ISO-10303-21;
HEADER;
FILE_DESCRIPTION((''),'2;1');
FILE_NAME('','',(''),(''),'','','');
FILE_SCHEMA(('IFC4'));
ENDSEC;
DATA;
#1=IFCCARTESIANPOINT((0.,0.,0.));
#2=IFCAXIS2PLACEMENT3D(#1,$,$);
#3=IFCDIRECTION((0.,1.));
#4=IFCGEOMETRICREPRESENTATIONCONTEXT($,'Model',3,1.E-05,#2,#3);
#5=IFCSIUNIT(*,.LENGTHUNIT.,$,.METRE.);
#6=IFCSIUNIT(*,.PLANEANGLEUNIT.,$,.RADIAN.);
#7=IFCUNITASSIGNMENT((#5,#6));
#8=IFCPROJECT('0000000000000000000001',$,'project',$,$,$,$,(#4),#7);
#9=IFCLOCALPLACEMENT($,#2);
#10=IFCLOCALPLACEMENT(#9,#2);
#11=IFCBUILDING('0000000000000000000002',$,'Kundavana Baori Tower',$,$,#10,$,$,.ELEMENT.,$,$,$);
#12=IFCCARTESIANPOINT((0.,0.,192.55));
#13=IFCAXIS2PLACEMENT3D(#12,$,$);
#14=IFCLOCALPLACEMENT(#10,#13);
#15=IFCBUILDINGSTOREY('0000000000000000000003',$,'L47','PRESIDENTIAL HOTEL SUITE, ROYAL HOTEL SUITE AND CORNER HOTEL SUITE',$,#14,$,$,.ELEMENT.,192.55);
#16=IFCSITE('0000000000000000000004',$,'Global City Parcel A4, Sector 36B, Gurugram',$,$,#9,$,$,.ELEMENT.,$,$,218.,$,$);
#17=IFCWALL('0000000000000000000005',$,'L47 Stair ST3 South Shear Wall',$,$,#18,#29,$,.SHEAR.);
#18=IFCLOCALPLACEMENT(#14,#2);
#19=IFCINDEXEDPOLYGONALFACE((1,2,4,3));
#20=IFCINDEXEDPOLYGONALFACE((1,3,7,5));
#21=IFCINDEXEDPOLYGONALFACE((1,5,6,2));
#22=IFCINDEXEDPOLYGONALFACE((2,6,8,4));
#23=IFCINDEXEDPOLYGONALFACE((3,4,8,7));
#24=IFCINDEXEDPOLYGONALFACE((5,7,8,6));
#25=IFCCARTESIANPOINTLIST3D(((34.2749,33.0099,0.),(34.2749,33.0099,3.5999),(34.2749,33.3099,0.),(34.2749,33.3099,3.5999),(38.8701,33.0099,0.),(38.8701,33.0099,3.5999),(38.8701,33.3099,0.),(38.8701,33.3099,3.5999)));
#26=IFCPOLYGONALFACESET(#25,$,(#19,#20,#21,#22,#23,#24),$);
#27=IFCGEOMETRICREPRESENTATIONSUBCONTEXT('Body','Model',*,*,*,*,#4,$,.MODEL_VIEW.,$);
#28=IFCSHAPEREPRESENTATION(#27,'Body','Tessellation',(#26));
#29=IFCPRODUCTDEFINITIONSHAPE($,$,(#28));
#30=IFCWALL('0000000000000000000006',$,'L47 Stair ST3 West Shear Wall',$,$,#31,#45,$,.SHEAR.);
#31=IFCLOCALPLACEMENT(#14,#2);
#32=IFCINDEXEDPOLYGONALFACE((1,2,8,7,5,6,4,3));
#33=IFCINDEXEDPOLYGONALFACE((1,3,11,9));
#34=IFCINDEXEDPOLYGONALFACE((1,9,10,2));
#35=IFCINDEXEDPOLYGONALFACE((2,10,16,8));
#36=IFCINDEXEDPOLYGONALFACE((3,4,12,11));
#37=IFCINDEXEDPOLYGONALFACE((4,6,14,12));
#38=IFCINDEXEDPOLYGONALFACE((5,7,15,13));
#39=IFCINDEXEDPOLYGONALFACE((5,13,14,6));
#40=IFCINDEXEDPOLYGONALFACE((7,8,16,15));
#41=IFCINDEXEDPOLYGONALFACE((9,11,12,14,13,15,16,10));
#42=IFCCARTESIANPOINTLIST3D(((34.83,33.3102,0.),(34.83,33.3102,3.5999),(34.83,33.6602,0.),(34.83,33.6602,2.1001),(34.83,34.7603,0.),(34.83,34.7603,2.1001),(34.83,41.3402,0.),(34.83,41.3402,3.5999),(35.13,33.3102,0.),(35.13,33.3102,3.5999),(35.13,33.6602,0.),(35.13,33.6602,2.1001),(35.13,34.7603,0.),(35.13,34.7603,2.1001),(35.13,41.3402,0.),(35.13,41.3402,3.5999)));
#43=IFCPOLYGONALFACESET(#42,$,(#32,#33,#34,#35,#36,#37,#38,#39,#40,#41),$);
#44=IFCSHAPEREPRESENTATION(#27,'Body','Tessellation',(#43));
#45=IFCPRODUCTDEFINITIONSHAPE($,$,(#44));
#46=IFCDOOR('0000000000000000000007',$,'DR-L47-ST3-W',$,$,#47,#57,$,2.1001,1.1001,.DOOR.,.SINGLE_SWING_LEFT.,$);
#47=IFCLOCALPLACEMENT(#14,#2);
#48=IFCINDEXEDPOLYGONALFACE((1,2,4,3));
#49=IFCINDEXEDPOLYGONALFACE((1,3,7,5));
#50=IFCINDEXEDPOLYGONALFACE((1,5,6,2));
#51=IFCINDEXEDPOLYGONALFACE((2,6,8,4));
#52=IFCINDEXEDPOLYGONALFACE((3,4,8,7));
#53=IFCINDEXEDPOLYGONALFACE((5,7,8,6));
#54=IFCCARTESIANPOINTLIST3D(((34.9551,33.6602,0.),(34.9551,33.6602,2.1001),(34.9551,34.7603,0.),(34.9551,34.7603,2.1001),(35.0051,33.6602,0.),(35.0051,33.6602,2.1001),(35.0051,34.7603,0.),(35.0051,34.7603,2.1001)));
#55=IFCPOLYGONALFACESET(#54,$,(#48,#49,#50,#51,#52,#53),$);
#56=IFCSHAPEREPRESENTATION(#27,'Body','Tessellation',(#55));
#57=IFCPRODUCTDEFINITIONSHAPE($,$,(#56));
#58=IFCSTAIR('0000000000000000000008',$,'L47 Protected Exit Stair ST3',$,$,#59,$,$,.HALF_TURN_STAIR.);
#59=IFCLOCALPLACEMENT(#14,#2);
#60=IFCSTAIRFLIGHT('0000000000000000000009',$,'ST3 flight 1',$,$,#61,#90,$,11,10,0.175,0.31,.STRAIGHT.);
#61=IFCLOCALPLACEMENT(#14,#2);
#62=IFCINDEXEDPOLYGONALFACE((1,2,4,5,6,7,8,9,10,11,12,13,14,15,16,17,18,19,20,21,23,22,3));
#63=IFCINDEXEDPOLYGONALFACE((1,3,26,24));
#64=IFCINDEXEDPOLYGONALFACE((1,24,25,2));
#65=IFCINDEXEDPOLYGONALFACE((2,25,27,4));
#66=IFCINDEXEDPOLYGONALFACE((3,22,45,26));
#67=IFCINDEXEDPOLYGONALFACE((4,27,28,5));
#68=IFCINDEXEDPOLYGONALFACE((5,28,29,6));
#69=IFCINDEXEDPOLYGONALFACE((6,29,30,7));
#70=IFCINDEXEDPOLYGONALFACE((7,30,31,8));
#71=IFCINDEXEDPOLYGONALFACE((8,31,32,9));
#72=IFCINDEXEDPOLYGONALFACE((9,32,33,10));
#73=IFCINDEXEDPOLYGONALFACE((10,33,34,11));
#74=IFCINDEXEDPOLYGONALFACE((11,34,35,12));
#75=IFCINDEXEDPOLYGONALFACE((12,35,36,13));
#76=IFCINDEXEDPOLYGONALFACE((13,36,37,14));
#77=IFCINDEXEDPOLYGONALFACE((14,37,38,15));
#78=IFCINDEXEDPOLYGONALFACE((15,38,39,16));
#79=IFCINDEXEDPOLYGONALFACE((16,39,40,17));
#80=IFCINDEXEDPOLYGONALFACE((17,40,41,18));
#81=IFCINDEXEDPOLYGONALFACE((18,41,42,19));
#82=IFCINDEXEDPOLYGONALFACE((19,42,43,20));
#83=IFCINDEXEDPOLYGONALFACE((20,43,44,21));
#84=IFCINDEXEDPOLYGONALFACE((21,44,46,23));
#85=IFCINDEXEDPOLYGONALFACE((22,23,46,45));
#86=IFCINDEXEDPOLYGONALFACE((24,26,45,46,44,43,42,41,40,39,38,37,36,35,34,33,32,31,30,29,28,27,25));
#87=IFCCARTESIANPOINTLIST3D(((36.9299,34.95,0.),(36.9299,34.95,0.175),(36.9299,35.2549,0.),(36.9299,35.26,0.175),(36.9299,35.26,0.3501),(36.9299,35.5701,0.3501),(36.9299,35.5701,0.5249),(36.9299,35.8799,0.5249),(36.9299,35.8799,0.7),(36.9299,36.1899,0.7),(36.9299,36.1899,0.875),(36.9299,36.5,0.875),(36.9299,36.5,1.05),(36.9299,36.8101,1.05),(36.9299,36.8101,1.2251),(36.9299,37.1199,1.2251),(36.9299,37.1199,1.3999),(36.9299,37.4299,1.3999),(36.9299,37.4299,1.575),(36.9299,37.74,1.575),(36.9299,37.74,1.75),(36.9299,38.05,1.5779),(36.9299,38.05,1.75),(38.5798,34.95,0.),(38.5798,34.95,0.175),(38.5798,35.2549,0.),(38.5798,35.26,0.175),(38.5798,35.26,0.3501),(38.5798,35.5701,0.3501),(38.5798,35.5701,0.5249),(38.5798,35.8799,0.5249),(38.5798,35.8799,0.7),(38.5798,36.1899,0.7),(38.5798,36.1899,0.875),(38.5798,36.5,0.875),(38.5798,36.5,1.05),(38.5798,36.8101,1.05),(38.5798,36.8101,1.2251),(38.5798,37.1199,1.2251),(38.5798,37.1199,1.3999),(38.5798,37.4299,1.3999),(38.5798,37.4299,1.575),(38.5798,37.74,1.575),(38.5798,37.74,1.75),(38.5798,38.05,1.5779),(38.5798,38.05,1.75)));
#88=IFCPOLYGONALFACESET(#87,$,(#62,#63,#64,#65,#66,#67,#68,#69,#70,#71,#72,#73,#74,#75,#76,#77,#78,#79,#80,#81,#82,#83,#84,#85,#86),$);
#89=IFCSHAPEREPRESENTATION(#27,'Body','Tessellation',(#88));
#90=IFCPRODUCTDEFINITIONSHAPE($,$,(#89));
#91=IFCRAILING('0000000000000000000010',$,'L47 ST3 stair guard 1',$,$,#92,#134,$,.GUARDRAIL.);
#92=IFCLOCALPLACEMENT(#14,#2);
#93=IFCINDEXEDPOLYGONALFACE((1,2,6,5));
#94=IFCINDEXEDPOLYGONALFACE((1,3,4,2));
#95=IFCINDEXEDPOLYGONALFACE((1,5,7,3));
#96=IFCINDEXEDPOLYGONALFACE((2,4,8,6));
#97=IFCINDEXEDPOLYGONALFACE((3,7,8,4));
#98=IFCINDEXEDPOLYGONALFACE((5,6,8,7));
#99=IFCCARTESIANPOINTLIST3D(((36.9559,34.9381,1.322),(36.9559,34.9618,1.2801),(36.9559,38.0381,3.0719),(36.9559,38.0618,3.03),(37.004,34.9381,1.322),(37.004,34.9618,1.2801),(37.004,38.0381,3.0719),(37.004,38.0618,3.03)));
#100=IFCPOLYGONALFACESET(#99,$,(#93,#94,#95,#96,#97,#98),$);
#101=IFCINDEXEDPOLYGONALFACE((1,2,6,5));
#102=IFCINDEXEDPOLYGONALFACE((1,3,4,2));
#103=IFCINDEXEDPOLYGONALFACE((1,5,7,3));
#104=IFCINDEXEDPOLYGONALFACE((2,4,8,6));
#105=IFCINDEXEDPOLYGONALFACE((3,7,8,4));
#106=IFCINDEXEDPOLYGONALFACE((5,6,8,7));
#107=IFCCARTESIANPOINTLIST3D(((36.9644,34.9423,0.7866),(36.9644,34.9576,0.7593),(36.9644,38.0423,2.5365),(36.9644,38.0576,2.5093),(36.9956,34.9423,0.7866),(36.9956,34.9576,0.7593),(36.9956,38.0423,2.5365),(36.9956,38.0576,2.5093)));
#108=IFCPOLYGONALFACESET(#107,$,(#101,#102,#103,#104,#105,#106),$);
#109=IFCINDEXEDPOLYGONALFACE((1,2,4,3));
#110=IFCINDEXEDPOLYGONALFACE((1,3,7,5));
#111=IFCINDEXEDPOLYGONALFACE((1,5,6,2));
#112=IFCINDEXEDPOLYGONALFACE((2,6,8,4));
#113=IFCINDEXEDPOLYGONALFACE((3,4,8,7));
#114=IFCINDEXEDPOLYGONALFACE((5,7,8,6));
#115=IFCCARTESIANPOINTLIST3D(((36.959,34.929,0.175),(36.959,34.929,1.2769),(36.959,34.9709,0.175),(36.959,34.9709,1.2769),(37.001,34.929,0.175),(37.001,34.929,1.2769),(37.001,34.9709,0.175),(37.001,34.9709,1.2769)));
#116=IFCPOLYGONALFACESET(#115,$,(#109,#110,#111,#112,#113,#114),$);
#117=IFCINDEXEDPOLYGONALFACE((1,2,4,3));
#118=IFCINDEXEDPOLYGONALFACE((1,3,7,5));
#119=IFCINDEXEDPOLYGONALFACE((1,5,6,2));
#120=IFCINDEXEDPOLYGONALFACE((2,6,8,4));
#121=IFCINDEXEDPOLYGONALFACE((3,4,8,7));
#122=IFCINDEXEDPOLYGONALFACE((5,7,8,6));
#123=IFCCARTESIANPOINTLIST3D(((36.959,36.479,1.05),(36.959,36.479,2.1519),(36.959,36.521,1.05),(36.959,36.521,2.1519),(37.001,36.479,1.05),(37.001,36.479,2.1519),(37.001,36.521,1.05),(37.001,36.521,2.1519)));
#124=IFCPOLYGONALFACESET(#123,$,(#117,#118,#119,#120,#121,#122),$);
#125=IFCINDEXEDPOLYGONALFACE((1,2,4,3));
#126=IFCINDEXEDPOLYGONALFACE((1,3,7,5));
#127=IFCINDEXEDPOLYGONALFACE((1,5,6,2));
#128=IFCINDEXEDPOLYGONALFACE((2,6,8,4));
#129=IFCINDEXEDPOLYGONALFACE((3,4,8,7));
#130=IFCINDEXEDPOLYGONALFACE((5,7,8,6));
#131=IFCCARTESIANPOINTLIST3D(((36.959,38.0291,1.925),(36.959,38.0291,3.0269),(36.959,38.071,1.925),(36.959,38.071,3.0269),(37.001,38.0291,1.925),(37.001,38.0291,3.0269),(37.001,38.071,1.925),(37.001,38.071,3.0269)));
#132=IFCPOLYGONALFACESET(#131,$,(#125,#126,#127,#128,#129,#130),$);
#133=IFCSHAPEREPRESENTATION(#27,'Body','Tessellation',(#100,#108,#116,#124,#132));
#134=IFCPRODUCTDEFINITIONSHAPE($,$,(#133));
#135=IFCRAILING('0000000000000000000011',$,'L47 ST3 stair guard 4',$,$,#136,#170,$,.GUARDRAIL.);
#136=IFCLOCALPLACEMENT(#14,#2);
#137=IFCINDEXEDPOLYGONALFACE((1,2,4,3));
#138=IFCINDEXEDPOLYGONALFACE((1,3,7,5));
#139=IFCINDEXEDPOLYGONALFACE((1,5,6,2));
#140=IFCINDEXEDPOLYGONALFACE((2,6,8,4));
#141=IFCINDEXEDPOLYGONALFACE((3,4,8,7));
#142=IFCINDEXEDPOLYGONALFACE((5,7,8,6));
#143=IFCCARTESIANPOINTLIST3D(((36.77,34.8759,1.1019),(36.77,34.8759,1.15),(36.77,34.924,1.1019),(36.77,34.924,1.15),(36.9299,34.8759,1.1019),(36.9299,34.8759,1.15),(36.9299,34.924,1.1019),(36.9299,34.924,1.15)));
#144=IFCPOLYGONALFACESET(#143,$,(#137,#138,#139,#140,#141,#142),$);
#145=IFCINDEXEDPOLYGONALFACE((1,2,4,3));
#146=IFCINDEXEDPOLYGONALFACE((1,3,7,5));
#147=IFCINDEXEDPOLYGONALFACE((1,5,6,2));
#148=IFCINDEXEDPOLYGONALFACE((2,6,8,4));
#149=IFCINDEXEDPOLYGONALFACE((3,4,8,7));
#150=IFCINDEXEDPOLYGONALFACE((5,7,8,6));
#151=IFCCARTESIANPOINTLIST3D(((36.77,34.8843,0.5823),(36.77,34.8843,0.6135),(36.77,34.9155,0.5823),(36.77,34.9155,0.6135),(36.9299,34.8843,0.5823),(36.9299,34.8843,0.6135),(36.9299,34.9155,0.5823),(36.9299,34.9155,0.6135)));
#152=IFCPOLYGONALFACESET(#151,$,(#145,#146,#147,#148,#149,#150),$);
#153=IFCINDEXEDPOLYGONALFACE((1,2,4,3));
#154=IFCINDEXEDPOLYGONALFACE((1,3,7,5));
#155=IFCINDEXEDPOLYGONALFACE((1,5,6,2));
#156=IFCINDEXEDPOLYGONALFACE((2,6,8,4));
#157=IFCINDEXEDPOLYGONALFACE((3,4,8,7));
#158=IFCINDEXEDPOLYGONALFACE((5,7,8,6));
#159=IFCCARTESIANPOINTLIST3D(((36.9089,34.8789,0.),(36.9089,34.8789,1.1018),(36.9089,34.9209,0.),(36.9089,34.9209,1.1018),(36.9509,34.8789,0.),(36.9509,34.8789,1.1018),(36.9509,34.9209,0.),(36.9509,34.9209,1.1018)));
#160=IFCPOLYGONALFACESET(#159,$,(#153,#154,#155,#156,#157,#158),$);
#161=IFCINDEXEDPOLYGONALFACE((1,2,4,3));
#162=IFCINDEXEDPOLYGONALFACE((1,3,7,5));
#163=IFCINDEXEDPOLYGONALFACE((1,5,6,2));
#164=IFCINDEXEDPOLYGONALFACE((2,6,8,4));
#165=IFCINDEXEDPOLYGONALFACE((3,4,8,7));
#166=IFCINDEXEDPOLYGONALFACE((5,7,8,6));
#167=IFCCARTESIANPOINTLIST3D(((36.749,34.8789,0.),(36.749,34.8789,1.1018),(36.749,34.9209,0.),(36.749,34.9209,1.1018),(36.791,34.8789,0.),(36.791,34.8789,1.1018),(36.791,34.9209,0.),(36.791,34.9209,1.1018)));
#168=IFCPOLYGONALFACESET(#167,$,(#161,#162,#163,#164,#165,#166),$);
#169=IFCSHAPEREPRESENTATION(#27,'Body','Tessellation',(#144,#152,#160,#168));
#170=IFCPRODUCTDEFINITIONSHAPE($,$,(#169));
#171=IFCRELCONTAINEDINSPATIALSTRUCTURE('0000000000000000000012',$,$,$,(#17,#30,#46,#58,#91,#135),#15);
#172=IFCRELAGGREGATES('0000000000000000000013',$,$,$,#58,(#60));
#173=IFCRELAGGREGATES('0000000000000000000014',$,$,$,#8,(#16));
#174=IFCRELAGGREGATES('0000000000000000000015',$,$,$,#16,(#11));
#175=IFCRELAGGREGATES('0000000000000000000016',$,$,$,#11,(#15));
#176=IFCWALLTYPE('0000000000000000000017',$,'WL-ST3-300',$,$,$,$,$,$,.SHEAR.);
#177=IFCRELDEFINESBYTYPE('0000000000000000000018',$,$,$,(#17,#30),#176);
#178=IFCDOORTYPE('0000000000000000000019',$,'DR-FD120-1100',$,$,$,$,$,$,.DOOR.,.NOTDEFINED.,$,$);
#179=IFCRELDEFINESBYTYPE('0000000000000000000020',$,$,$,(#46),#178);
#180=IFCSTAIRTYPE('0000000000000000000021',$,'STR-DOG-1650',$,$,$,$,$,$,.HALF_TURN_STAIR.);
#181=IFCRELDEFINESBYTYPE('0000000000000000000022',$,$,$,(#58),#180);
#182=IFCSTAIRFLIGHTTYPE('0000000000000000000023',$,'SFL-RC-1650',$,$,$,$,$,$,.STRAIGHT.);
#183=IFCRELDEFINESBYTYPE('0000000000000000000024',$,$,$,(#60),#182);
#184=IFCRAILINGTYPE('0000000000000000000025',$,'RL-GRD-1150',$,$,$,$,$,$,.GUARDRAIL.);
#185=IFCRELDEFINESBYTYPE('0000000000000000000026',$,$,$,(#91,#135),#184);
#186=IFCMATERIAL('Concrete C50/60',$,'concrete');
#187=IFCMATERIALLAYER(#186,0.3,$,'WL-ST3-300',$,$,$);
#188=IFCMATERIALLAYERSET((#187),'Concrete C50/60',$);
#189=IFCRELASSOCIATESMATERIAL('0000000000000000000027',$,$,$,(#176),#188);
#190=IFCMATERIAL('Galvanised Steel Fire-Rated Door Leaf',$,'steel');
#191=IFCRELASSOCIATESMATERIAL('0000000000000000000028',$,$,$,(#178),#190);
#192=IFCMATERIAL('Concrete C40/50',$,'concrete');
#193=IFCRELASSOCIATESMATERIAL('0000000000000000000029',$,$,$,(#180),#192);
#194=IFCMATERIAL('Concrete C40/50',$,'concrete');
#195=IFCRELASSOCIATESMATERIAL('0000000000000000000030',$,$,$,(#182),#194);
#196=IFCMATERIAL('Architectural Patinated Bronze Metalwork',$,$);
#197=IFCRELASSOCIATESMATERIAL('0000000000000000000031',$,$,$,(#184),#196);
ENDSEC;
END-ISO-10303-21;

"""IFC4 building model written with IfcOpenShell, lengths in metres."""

from ifc_helpers import new_model, si_unit, direction, frame, frame_2d, origin, origin_2d, place, context, subcontext, project, spatial, polyline, rectangle, outline, extrude, material, layer, layer_set, type_object, element, fill, aggregate, save


model = new_model("IFC4")

# Units and contexts
model_context = context("Model", 3, precision=1e-05, world=origin(), true_north=direction((0.0, 1.0)))
body_context = subcontext(model_context, "Body", "Model", "MODEL_VIEW")
ifc_project = project(units=[si_unit("LENGTHUNIT", "METRE"), si_unit("PLANEANGLEUNIT", "RADIAN")], contexts=[model_context])

# Site, building, storey
site_placement = place(None, origin())
site = spatial("IfcSite", under=ifc_project, at=site_placement, Name="Global City Parcel A4, Sector 36B, Gurugram", CompositionType="ELEMENT", RefElevation=218.0)
building_placement = place(site_placement, origin())
building = spatial("IfcBuilding", under=site, at=building_placement, Name="Kundavana Baori Tower", CompositionType="ELEMENT")
storey_placement = place(building_placement, frame((0.0, 0.0, 192.55)))
storey = spatial("IfcBuildingStorey", under=building, at=storey_placement, Name="L47", Description="PRESIDENTIAL HOTEL SUITE, ROYAL HOTEL SUITE AND CORNER HOTEL SUITE", CompositionType="ELEMENT", Elevation=192.55)

# Wall
ifc_material_1 = material(Name="Concrete C50/60", Category="concrete")
ifc_layer_1 = layer(ifc_material_1, 0.3, Name="WL-ST3-300")
ifc_layer_set_1 = layer_set([ifc_layer_1], Name="Concrete C50/60")
wall_type_1 = type_object("IfcWallType", Name="WL-ST3-300", PredefinedType="SHEAR", material=ifc_layer_set_1)
wall_1_placement = place(storey_placement, frame((34.2749, 33.1599, 0.0), z_axis=(0.0, 0.0, 1.0), x_axis=(1.0, 0.0, 0.0)))
element("IfcWall", 1, at=wall_1_placement, inside=storey, type_object=wall_type_1, Name="L47 Stair ST3 South Shear Wall", PredefinedType="SHEAR", context=body_context, shape_type="SweptSolid", body=[
    extrude(rectangle(XDim=4.5952, YDim=0.3, at=frame_2d((2.2976, 0.0))), origin(), (0.0, 0.0, 1.0), 3.5999),
])

# Wall, opening, door
wall_2_placement = place(storey_placement, frame((34.98, 33.3101, 0.0), z_axis=(0.0, 0.0, 1.0), x_axis=(0.0, 1.0, 0.0)))
wall_2 = element("IfcWall", 2, at=wall_2_placement, inside=storey, type_object=wall_type_1, Name="L47 Stair ST3 West Shear Wall", PredefinedType="SHEAR", context=body_context, shape_type="SweptSolid", body=[
    extrude(rectangle(XDim=8.03, YDim=0.3, at=frame_2d((4.0151, 0.0))), origin(), (0.0, 0.0, 1.0), 3.5999),
])
opening_1_placement = place(wall_2_placement, frame((0.3501, 0.0, 0.0)))
opening_1 = element("IfcOpeningElement", 3, at=opening_1_placement, cuts=wall_2, PredefinedType="OPENING", context=body_context, shape_type="SweptSolid", body=[
    extrude(rectangle(XDim=1.1001, YDim=2.1001, at=frame_2d((0.55, 1.05))), frame((0.0, 0.1602, 0.0), z_axis=(0.0, -1.0, 0.0), x_axis=(1.0, 0.0, 0.0)), (0.0, 0.0, 1.0), 0.3201),
])
ifc_material_2 = material(Name="Galvanised Steel Fire-Rated Door Leaf", Category="steel")
door_type_1 = type_object("IfcDoorType", Name="DR-FD120-1100", OperationType="NOTDEFINED", PredefinedType="DOOR", material=ifc_material_2)
door_1_placement = place(opening_1_placement, origin())
door_1 = element("IfcDoor", 4, at=door_1_placement, inside=storey, type_object=door_type_1, Name="DR-L47-ST3-W", OperationType="SINGLE_SWING_LEFT", OverallHeight=2.1001, OverallWidth=1.1001, PredefinedType="DOOR", context=body_context, shape_type="SweptSolid", body=[
    extrude(rectangle(XDim=1.1001, YDim=2.1001, at=frame_2d((0.55, 1.05))), frame((0.0, 0.0249, 0.0), z_axis=(0.0, -1.0, 0.0), x_axis=(1.0, 0.0, 0.0)), (0.0, 0.0, 1.0), 0.05),
])
fill(opening_1, door_1)

# Stair, stair flight
ifc_material_3 = material(Name="Concrete C40/50", Category="concrete")
stair_type = type_object("IfcStairType", Name="STR-DOG-1650", PredefinedType="HALF_TURN_STAIR", material=ifc_material_3)
stair_placement = place(storey_placement, origin())
stair = element("IfcStair", 5, at=stair_placement, inside=storey, type_object=stair_type, Name="L47 Protected Exit Stair ST3", PredefinedType="HALF_TURN_STAIR")
ifc_material_4 = material(Name="Concrete C40/50", Category="concrete")
stair_flight_type = type_object("IfcStairFlightType", Name="SFL-RC-1650", PredefinedType="STRAIGHT", material=ifc_material_4)
stair_flight_placement = place(storey_placement, frame((37.7549, 34.95, 0.0), z_axis=(0.0, 0.0, 1.0), x_axis=(0.0, 1.0, 0.0)))
stair_flight = element("IfcStairFlight", 6, at=stair_flight_placement, type_object=stair_flight_type, Name="ST3 flight 1", NumberOfRisers=11, NumberOfTreads=10, PredefinedType="STRAIGHT", RiserHeight=0.175, TreadLength=0.31, context=body_context, shape_type="SweptSolid", body=[
    extrude(outline(polyline([(0.0, 0.0), (0.0, 0.175), (0.3101, 0.175), (0.3101, 0.3501), (0.6201, 0.3501), (0.6201, 0.5249), (0.9299, 0.5249), (0.9299, 0.7), (1.24, 0.7), (1.24, 0.875), (1.55, 0.875), (1.55, 1.05), (1.8601, 1.05), (1.8601, 1.2251), (2.1699, 1.2251), (2.1699, 1.3999), (2.48, 1.3999), (2.48, 1.575), (2.79, 1.575), (2.79, 1.75), (3.1001, 1.75), (3.1001, 1.925), (3.1001, 1.5779), (0.3049, 0.0), (0.0, 0.0)])), frame((0.0, 0.825, 0.0), z_axis=(0.0, -1.0, 0.0), x_axis=(1.0, 0.0, 0.0)), (0.0, 0.0, 1.0), 1.6499),
])
aggregate(stair, [stair_flight])

# Railings
ifc_material_5 = material(Name="Architectural Patinated Bronze Metalwork")
railing_type = type_object("IfcRailingType", Name="RL-GRD-1150", PredefinedType="GUARDRAIL", material=ifc_material_5)
railing_1_placement = place(storey_placement, frame((36.98, 34.95, 0.175)))
element("IfcRailing", 7, at=railing_1_placement, inside=storey, type_object=railing_type, Name="L47 ST3 stair guard 1", PredefinedType="GUARDRAIL", context=body_context, shape_type="SweptSolid", body=[
    extrude(rectangle(XDim=0.0481, YDim=0.0481, at=origin_2d()), frame((0.0, 0.0, 1.126), z_axis=(0.0, 0.870831, 0.491583), x_axis=(-1.0, 0.0, 0.0)), (0.0, 0.0, 1.0), 3.5598),
    extrude(rectangle(XDim=0.0312, YDim=0.0312, at=origin_2d()), frame((0.0, 0.0, 0.5979), z_axis=(0.0, 0.870831, 0.491583), x_axis=(-1.0, 0.0, 0.0)), (0.0, 0.0, 1.0), 3.5598),
    extrude(rectangle(XDim=0.042, YDim=0.042, at=origin_2d()), origin(), (0.0, 0.0, 1.0), 1.1018),
    extrude(rectangle(XDim=0.042, YDim=0.042, at=origin_2d()), frame((0.0, 1.55, 0.875)), (0.0, 0.0, 1.0), 1.1018),
    extrude(rectangle(XDim=0.042, YDim=0.042, at=origin_2d()), frame((0.0, 3.1001, 1.75)), (0.0, 0.0, 1.0), 1.1018),
])
railing_2_placement = place(storey_placement, frame((36.9299, 34.8999, 0.0)))
element("IfcRailing", 8, at=railing_2_placement, inside=storey, type_object=railing_type, Name="L47 ST3 stair guard 4", PredefinedType="GUARDRAIL", context=body_context, shape_type="SweptSolid", body=[
    extrude(rectangle(XDim=0.0481, YDim=0.0481, at=origin_2d()), frame((0.0, 0.0, 1.126), z_axis=(-1.0, 0.0, 0.0), x_axis=(0.0, -1.0, 0.0)), (0.0, 0.0, 1.0), 0.1599),
    extrude(rectangle(XDim=0.0312, YDim=0.0312, at=origin_2d()), frame((0.0, 0.0, 0.5979), z_axis=(-1.0, 0.0, 0.0), x_axis=(0.0, -1.0, 0.0)), (0.0, 0.0, 1.0), 0.1599),
    extrude(rectangle(XDim=0.042, YDim=0.042, at=origin_2d()), origin(), (0.0, 0.0, 1.0), 1.1018),
    extrude(rectangle(XDim=0.042, YDim=0.042, at=origin_2d()), frame((-0.1599, 0.0, 0.0)), (0.0, 0.0, 1.0), 1.1018),
])

save(model, "model.ifc")
